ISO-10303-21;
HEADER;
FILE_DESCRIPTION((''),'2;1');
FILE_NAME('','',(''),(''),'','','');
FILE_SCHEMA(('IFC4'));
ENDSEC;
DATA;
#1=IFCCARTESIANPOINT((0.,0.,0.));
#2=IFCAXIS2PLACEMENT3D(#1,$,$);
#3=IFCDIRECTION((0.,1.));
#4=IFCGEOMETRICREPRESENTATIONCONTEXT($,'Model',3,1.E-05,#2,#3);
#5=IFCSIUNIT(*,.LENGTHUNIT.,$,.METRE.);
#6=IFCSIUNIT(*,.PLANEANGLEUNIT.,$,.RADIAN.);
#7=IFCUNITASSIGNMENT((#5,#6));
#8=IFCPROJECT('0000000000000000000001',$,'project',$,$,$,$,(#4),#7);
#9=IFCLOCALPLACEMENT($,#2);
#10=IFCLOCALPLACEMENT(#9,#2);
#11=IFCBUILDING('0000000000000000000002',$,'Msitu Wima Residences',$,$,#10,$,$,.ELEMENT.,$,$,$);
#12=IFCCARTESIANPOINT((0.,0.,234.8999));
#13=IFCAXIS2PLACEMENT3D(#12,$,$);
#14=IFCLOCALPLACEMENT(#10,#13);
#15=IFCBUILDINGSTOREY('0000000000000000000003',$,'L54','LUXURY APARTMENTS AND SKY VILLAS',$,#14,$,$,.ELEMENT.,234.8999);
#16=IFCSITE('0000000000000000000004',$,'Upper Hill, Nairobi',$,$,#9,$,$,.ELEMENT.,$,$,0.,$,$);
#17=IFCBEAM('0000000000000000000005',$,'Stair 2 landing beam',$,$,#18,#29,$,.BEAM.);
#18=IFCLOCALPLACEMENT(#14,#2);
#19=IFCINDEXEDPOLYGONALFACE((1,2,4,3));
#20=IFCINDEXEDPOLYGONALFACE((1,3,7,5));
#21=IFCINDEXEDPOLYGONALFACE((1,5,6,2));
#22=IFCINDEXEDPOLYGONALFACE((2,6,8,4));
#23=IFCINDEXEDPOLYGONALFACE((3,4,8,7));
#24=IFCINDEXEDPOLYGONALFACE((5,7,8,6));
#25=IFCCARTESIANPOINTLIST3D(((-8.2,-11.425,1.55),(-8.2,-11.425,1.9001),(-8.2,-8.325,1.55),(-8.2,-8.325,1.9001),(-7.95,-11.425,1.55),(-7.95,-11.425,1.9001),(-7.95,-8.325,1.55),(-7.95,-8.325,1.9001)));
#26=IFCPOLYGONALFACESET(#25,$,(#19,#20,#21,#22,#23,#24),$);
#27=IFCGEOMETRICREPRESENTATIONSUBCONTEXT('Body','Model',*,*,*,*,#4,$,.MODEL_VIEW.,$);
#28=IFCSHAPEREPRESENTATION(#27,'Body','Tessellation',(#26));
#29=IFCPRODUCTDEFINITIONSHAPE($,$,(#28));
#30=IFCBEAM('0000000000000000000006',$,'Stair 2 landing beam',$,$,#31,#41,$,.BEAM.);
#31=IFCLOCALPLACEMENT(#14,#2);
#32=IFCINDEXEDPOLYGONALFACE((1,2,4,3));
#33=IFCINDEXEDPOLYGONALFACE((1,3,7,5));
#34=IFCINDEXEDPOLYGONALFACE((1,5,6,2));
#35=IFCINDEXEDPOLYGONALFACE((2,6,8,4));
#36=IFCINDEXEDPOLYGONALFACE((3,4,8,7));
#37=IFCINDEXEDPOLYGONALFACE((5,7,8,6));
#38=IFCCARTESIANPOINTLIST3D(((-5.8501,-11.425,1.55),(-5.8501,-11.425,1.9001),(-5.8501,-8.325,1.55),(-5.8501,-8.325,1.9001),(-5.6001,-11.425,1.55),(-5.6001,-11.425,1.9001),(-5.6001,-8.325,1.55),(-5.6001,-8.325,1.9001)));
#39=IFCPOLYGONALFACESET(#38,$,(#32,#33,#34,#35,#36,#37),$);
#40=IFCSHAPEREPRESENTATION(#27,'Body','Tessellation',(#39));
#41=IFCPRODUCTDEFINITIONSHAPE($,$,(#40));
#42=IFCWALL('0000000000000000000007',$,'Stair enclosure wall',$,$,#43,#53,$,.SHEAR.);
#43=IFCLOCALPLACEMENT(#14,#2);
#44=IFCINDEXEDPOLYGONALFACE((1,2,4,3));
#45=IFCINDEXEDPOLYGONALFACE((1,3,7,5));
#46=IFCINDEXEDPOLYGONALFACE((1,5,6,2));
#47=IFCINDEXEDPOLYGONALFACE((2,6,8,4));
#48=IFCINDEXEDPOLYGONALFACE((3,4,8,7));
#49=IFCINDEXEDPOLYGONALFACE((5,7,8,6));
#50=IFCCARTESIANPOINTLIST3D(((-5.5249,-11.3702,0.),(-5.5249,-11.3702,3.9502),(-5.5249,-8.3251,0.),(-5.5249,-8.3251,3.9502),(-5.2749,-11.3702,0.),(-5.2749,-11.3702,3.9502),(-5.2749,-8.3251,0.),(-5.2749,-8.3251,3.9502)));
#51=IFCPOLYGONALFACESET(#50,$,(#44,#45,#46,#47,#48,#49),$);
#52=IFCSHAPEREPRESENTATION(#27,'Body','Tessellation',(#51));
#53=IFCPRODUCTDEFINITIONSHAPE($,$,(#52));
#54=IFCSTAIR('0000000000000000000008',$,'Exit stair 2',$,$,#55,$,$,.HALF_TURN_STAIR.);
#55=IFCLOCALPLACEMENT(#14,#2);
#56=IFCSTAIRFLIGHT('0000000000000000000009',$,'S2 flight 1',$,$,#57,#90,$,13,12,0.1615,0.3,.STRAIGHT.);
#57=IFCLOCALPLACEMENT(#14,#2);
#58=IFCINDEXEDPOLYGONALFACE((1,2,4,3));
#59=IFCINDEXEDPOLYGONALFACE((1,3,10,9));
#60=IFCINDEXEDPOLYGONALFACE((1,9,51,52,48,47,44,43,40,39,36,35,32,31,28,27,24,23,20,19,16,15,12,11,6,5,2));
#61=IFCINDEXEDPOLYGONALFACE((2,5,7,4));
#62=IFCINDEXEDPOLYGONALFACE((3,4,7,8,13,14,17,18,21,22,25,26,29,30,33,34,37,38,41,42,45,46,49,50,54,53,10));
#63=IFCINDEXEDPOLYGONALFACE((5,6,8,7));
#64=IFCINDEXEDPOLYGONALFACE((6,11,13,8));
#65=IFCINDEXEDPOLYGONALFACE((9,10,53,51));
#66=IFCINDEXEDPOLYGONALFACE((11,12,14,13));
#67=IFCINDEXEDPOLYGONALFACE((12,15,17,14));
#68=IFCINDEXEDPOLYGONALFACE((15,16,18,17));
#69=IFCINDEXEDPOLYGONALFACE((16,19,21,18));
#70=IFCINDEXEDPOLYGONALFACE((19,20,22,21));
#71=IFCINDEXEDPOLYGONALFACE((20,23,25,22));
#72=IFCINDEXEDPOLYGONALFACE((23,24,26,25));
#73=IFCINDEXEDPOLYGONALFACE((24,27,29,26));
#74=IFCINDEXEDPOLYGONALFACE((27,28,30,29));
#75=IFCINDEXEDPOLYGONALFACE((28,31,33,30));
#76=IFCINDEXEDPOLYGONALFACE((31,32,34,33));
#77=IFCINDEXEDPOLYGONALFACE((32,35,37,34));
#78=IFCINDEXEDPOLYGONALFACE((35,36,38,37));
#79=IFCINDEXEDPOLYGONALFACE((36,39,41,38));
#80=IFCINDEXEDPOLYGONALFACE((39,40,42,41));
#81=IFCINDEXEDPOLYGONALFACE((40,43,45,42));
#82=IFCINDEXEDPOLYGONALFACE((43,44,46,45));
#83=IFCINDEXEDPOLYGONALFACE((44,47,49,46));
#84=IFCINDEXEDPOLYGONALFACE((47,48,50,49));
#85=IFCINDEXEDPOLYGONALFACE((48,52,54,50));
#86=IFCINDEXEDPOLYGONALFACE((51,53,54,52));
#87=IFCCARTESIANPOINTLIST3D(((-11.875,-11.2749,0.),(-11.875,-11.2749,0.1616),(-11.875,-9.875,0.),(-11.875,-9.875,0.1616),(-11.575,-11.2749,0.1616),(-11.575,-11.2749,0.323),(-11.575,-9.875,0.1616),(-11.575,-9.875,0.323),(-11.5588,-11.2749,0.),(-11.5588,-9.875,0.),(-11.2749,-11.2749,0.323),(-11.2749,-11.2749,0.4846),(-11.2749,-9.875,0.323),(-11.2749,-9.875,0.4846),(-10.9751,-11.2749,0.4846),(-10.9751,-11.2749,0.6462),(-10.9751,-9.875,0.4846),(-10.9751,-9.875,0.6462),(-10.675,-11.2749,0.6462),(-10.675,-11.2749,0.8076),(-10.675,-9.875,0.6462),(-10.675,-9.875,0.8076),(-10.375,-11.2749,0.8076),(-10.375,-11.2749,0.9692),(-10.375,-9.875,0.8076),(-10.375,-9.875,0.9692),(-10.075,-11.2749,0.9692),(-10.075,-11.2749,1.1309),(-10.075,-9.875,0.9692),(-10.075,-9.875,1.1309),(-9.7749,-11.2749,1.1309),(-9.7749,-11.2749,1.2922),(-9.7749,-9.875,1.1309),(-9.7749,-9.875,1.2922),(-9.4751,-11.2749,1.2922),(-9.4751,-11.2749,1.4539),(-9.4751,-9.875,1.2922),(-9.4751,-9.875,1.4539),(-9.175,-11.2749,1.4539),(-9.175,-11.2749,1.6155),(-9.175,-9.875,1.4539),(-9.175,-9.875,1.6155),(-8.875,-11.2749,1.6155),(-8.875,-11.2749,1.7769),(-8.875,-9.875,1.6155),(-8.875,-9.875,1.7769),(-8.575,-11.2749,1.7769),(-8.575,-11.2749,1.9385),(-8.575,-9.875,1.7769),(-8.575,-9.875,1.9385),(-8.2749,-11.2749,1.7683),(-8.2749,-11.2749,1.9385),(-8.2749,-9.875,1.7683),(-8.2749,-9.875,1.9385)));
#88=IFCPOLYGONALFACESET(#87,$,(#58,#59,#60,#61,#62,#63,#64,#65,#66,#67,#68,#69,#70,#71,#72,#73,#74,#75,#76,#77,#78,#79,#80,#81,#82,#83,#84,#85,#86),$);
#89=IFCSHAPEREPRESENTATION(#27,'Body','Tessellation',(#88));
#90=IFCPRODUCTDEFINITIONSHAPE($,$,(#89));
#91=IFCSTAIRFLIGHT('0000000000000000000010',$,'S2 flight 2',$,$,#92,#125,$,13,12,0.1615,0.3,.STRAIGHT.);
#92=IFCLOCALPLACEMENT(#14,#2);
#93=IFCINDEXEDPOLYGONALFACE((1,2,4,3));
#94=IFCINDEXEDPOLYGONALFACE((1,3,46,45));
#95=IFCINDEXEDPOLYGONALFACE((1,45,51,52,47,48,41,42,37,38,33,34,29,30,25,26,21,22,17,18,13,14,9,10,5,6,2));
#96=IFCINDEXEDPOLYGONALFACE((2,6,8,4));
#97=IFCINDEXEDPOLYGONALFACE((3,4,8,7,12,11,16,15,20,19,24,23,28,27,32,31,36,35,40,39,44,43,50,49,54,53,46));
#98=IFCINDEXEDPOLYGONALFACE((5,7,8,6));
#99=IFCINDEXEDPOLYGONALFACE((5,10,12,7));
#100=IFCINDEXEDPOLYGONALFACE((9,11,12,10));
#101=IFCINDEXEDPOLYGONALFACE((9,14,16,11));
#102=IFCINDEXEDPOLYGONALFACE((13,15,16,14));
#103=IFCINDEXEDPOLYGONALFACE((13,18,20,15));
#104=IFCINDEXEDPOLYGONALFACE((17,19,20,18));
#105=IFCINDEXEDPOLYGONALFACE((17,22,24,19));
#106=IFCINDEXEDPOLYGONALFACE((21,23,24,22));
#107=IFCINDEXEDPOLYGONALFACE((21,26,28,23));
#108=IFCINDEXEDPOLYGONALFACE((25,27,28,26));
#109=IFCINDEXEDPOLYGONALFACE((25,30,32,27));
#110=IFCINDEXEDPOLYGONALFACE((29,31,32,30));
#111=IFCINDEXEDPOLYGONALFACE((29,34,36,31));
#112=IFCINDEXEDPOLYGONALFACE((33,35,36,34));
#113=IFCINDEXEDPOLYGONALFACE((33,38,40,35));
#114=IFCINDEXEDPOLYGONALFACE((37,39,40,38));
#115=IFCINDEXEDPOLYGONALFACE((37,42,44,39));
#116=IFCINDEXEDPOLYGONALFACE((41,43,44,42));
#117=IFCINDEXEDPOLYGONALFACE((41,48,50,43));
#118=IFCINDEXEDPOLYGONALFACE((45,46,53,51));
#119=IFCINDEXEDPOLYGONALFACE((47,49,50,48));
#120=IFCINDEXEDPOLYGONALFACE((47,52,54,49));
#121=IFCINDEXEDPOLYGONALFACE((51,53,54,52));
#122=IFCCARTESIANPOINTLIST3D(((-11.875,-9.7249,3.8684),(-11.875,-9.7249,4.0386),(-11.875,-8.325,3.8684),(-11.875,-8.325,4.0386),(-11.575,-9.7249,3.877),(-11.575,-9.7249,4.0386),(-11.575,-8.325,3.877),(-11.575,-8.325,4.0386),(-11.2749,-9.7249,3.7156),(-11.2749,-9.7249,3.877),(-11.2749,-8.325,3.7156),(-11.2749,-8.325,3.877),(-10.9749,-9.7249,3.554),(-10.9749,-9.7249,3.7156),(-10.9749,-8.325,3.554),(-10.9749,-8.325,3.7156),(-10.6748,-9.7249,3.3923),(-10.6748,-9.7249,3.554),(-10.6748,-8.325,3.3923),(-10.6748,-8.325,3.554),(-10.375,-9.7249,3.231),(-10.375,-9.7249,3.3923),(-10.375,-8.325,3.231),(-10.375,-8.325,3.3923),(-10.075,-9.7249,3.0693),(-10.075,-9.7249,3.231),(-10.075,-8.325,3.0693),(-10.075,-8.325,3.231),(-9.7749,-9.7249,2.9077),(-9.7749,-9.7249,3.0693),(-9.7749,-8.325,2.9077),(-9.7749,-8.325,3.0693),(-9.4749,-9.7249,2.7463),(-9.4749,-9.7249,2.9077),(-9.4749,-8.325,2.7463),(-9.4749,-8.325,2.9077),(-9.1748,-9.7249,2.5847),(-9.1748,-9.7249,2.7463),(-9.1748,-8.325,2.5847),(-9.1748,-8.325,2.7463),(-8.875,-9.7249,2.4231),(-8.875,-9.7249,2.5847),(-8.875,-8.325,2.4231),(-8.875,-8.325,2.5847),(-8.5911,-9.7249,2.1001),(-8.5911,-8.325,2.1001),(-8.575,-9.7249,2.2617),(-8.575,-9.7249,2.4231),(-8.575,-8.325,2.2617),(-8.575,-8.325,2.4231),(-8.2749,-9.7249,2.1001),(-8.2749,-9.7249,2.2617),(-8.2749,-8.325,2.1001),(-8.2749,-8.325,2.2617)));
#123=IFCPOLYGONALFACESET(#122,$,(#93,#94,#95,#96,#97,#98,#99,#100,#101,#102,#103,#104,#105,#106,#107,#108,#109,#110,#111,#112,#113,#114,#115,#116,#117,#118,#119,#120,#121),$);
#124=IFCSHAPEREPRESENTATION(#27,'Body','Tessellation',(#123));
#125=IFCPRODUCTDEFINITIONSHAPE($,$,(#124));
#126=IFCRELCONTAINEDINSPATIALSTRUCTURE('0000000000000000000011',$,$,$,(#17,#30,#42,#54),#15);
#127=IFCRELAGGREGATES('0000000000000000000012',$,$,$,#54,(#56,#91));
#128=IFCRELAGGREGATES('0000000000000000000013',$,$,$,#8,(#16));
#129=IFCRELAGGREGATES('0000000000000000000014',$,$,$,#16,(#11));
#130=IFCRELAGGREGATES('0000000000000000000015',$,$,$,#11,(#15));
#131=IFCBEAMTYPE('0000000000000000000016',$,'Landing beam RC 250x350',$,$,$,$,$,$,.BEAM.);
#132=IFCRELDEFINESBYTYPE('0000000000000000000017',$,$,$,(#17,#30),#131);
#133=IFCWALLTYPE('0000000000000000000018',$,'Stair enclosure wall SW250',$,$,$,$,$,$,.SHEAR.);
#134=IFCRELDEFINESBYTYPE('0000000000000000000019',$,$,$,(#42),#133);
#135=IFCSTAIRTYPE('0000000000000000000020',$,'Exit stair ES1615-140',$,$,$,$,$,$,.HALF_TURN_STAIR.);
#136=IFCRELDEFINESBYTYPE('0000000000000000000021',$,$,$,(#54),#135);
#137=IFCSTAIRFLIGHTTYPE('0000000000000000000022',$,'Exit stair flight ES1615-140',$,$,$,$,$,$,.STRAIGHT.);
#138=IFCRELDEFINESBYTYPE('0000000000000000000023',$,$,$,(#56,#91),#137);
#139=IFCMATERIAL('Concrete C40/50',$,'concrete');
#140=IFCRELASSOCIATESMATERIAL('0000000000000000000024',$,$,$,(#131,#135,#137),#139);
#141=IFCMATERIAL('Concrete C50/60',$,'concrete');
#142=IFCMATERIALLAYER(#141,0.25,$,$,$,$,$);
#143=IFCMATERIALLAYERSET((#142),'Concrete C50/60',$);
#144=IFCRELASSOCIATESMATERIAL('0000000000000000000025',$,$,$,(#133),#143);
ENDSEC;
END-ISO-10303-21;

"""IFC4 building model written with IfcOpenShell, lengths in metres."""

from ifc_helpers import new_model, si_unit, direction, frame, frame_2d, origin, origin_2d, place, context, subcontext, project, spatial, polyline, rectangle, outline, extrude, material, layer, layer_set, material_profile, profile_set, type_object, element, aggregate, save


model = new_model("IFC4")

# Units and contexts
model_context = context("Model", 3, precision=1e-05, world=origin(), true_north=direction((0.0, 1.0)))
body_context = subcontext(model_context, "Body", "Model", "MODEL_VIEW")
ifc_project = project(units=[si_unit("LENGTHUNIT", "METRE"), si_unit("PLANEANGLEUNIT", "RADIAN")], contexts=[model_context])

# Site, building, storey
site_placement = place(None, origin())
site = spatial("IfcSite", under=ifc_project, at=site_placement, Name="Upper Hill, Nairobi", CompositionType="ELEMENT", RefElevation=0.0)
building_placement = place(site_placement, origin())
building = spatial("IfcBuilding", under=site, at=building_placement, Name="Msitu Wima Residences", CompositionType="ELEMENT")
storey_placement = place(building_placement, frame((0.0, 0.0, 234.8999)))
storey = spatial("IfcBuildingStorey", under=building, at=storey_placement, Name="L54", Description="LUXURY APARTMENTS AND SKY VILLAS", CompositionType="ELEMENT", Elevation=234.8999)

# Beams
ifc_material_1 = material(Name="Concrete C40/50", Category="concrete")
ifc_material_profile = material_profile(ifc_material_1, rectangle(XDim=0.25, YDim=0.3501, at=origin_2d()), Name="RC 250x350")
ifc_profile_set = profile_set([ifc_material_profile], Name="Concrete C40/50")
beam_type = type_object("IfcBeamType", Name="Landing beam RC 250x350", PredefinedType="BEAM", material=ifc_profile_set)
for number, where, z_axis, x_axis, name in (
    (1, (-8.075, -11.425, 1.7251), (0.0, 1.0, 0.0), (-1.0, 0.0, 0.0), "Stair 2 landing beam"),
    (2, (-5.7251, -11.425, 1.7251), (0.0, 1.0, 0.0), (-1.0, 0.0, 0.0), "Stair 2 landing beam"),
):
    element("IfcBeam", number, at=place(storey_placement, frame(where, z_axis=z_axis, x_axis=x_axis)), inside=storey, type_object=beam_type, Name=name, PredefinedType="BEAM", context=body_context, shape_type="SweptSolid", body=[
        extrude(rectangle(XDim=0.25, YDim=0.3501, at=origin_2d()), origin(), (0.0, 0.0, 1.0), 3.1001),
    ])

# Wall
ifc_material_2 = material(Name="Concrete C50/60", Category="concrete")
ifc_layer = layer(ifc_material_2, 0.25)
ifc_layer_set = layer_set([ifc_layer], Name="Concrete C50/60")
wall_type = type_object("IfcWallType", Name="Stair enclosure wall SW250", PredefinedType="SHEAR", material=ifc_layer_set)
wall_placement = place(storey_placement, frame((-5.3999, -11.3701, 0.0), z_axis=(0.0, 0.0, 1.0), x_axis=(0.0, 1.0, 0.0)))
element("IfcWall", 3, at=wall_placement, inside=storey, type_object=wall_type, Name="Stair enclosure wall", PredefinedType="SHEAR", context=body_context, shape_type="SweptSolid", body=[
    extrude(rectangle(XDim=3.0452, YDim=0.25, at=frame_2d((1.5225, 0.0))), origin(), (0.0, 0.0, 1.0), 3.9502),
])

# Stair, stair flights
stair_type = type_object("IfcStairType", Name="Exit stair ES1615-140", PredefinedType="HALF_TURN_STAIR", material=ifc_material_1)
stair_placement = place(storey_placement, origin())
stair = element("IfcStair", 4, at=stair_placement, inside=storey, type_object=stair_type, Name="Exit stair 2", PredefinedType="HALF_TURN_STAIR")
stair_flight_type = type_object("IfcStairFlightType", Name="Exit stair flight ES1615-140", PredefinedType="STRAIGHT", material=ifc_material_1)
stair_flight_1_placement = place(storey_placement, frame((-11.875, -10.575, 0.0), z_axis=(0.0, 0.0, 1.0), x_axis=(1.0, 0.0, 0.0)))
stair_flight_1 = element("IfcStairFlight", 5, at=stair_flight_1_placement, type_object=stair_flight_type, Name="S2 flight 1", NumberOfRisers=13, NumberOfTreads=12, PredefinedType="STRAIGHT", RiserHeight=0.1615, TreadLength=0.3, context=body_context, shape_type="SweptSolid", body=[
    extrude(outline(polyline([(0.0, 0.0), (0.0, 0.1616), (0.3, 0.1616), (0.3, 0.323), (0.6001, 0.323), (0.6001, 0.4846), (0.8999, 0.4846), (0.8999, 0.6462), (1.2, 0.6462), (1.2, 0.8076), (1.5, 0.8076), (1.5, 0.9692), (1.8, 0.9692), (1.8, 1.1309), (2.1001, 1.1309), (2.1001, 1.2922), (2.3999, 1.2922), (2.3999, 1.4539), (2.7, 1.4539), (2.7, 1.6155), (3.0, 1.6155), (3.0, 1.7769), (3.3, 1.7769), (3.3, 1.9385), (3.6001, 1.9385), (3.6001, 2.1001), (3.6001, 1.7683), (0.3162, 0.0), (0.0, 0.0)])), frame((0.0, 0.7, 0.0), z_axis=(0.0, -1.0, 0.0), x_axis=(1.0, 0.0, 0.0)), (0.0, 0.0, 1.0), 1.3999),
])
stair_flight_2_placement = place(storey_placement, frame((-8.2749, -9.0249, 2.1001), z_axis=(0.0, 0.0, 1.0), x_axis=(-1.0, 0.0, 0.0)))
stair_flight_2 = element("IfcStairFlight", 6, at=stair_flight_2_placement, type_object=stair_flight_type, Name="S2 flight 2", NumberOfRisers=13, NumberOfTreads=12, PredefinedType="STRAIGHT", RiserHeight=0.1615, TreadLength=0.3, context=body_context, shape_type="SweptSolid", body=[
    extrude(outline(polyline([(0.0, 0.0), (0.0, 0.1616), (0.3, 0.1616), (0.3, 0.323), (0.6001, 0.323), (0.6001, 0.4846), (0.8999, 0.4846), (0.8999, 0.6462), (1.2, 0.6462), (1.2, 0.8076), (1.5, 0.8076), (1.5, 0.9692), (1.8, 0.9692), (1.8, 1.1309), (2.1001, 1.1309), (2.1001, 1.2922), (2.3999, 1.2922), (2.3999, 1.4539), (2.7, 1.4539), (2.7, 1.6155), (3.0, 1.6155), (3.0, 1.7769), (3.3, 1.7769), (3.3, 1.9385), (3.6001, 1.9385), (3.6001, 2.1001), (3.6001, 1.7683), (0.3162, 0.0), (0.0, 0.0)])), frame((0.0, 0.7, 0.0), z_axis=(0.0, -1.0, 0.0), x_axis=(1.0, 0.0, 0.0)), (0.0, 0.0, 1.0), 1.3999),
])
aggregate(stair, [stair_flight_1, stair_flight_2])

save(model, "model.ifc")
